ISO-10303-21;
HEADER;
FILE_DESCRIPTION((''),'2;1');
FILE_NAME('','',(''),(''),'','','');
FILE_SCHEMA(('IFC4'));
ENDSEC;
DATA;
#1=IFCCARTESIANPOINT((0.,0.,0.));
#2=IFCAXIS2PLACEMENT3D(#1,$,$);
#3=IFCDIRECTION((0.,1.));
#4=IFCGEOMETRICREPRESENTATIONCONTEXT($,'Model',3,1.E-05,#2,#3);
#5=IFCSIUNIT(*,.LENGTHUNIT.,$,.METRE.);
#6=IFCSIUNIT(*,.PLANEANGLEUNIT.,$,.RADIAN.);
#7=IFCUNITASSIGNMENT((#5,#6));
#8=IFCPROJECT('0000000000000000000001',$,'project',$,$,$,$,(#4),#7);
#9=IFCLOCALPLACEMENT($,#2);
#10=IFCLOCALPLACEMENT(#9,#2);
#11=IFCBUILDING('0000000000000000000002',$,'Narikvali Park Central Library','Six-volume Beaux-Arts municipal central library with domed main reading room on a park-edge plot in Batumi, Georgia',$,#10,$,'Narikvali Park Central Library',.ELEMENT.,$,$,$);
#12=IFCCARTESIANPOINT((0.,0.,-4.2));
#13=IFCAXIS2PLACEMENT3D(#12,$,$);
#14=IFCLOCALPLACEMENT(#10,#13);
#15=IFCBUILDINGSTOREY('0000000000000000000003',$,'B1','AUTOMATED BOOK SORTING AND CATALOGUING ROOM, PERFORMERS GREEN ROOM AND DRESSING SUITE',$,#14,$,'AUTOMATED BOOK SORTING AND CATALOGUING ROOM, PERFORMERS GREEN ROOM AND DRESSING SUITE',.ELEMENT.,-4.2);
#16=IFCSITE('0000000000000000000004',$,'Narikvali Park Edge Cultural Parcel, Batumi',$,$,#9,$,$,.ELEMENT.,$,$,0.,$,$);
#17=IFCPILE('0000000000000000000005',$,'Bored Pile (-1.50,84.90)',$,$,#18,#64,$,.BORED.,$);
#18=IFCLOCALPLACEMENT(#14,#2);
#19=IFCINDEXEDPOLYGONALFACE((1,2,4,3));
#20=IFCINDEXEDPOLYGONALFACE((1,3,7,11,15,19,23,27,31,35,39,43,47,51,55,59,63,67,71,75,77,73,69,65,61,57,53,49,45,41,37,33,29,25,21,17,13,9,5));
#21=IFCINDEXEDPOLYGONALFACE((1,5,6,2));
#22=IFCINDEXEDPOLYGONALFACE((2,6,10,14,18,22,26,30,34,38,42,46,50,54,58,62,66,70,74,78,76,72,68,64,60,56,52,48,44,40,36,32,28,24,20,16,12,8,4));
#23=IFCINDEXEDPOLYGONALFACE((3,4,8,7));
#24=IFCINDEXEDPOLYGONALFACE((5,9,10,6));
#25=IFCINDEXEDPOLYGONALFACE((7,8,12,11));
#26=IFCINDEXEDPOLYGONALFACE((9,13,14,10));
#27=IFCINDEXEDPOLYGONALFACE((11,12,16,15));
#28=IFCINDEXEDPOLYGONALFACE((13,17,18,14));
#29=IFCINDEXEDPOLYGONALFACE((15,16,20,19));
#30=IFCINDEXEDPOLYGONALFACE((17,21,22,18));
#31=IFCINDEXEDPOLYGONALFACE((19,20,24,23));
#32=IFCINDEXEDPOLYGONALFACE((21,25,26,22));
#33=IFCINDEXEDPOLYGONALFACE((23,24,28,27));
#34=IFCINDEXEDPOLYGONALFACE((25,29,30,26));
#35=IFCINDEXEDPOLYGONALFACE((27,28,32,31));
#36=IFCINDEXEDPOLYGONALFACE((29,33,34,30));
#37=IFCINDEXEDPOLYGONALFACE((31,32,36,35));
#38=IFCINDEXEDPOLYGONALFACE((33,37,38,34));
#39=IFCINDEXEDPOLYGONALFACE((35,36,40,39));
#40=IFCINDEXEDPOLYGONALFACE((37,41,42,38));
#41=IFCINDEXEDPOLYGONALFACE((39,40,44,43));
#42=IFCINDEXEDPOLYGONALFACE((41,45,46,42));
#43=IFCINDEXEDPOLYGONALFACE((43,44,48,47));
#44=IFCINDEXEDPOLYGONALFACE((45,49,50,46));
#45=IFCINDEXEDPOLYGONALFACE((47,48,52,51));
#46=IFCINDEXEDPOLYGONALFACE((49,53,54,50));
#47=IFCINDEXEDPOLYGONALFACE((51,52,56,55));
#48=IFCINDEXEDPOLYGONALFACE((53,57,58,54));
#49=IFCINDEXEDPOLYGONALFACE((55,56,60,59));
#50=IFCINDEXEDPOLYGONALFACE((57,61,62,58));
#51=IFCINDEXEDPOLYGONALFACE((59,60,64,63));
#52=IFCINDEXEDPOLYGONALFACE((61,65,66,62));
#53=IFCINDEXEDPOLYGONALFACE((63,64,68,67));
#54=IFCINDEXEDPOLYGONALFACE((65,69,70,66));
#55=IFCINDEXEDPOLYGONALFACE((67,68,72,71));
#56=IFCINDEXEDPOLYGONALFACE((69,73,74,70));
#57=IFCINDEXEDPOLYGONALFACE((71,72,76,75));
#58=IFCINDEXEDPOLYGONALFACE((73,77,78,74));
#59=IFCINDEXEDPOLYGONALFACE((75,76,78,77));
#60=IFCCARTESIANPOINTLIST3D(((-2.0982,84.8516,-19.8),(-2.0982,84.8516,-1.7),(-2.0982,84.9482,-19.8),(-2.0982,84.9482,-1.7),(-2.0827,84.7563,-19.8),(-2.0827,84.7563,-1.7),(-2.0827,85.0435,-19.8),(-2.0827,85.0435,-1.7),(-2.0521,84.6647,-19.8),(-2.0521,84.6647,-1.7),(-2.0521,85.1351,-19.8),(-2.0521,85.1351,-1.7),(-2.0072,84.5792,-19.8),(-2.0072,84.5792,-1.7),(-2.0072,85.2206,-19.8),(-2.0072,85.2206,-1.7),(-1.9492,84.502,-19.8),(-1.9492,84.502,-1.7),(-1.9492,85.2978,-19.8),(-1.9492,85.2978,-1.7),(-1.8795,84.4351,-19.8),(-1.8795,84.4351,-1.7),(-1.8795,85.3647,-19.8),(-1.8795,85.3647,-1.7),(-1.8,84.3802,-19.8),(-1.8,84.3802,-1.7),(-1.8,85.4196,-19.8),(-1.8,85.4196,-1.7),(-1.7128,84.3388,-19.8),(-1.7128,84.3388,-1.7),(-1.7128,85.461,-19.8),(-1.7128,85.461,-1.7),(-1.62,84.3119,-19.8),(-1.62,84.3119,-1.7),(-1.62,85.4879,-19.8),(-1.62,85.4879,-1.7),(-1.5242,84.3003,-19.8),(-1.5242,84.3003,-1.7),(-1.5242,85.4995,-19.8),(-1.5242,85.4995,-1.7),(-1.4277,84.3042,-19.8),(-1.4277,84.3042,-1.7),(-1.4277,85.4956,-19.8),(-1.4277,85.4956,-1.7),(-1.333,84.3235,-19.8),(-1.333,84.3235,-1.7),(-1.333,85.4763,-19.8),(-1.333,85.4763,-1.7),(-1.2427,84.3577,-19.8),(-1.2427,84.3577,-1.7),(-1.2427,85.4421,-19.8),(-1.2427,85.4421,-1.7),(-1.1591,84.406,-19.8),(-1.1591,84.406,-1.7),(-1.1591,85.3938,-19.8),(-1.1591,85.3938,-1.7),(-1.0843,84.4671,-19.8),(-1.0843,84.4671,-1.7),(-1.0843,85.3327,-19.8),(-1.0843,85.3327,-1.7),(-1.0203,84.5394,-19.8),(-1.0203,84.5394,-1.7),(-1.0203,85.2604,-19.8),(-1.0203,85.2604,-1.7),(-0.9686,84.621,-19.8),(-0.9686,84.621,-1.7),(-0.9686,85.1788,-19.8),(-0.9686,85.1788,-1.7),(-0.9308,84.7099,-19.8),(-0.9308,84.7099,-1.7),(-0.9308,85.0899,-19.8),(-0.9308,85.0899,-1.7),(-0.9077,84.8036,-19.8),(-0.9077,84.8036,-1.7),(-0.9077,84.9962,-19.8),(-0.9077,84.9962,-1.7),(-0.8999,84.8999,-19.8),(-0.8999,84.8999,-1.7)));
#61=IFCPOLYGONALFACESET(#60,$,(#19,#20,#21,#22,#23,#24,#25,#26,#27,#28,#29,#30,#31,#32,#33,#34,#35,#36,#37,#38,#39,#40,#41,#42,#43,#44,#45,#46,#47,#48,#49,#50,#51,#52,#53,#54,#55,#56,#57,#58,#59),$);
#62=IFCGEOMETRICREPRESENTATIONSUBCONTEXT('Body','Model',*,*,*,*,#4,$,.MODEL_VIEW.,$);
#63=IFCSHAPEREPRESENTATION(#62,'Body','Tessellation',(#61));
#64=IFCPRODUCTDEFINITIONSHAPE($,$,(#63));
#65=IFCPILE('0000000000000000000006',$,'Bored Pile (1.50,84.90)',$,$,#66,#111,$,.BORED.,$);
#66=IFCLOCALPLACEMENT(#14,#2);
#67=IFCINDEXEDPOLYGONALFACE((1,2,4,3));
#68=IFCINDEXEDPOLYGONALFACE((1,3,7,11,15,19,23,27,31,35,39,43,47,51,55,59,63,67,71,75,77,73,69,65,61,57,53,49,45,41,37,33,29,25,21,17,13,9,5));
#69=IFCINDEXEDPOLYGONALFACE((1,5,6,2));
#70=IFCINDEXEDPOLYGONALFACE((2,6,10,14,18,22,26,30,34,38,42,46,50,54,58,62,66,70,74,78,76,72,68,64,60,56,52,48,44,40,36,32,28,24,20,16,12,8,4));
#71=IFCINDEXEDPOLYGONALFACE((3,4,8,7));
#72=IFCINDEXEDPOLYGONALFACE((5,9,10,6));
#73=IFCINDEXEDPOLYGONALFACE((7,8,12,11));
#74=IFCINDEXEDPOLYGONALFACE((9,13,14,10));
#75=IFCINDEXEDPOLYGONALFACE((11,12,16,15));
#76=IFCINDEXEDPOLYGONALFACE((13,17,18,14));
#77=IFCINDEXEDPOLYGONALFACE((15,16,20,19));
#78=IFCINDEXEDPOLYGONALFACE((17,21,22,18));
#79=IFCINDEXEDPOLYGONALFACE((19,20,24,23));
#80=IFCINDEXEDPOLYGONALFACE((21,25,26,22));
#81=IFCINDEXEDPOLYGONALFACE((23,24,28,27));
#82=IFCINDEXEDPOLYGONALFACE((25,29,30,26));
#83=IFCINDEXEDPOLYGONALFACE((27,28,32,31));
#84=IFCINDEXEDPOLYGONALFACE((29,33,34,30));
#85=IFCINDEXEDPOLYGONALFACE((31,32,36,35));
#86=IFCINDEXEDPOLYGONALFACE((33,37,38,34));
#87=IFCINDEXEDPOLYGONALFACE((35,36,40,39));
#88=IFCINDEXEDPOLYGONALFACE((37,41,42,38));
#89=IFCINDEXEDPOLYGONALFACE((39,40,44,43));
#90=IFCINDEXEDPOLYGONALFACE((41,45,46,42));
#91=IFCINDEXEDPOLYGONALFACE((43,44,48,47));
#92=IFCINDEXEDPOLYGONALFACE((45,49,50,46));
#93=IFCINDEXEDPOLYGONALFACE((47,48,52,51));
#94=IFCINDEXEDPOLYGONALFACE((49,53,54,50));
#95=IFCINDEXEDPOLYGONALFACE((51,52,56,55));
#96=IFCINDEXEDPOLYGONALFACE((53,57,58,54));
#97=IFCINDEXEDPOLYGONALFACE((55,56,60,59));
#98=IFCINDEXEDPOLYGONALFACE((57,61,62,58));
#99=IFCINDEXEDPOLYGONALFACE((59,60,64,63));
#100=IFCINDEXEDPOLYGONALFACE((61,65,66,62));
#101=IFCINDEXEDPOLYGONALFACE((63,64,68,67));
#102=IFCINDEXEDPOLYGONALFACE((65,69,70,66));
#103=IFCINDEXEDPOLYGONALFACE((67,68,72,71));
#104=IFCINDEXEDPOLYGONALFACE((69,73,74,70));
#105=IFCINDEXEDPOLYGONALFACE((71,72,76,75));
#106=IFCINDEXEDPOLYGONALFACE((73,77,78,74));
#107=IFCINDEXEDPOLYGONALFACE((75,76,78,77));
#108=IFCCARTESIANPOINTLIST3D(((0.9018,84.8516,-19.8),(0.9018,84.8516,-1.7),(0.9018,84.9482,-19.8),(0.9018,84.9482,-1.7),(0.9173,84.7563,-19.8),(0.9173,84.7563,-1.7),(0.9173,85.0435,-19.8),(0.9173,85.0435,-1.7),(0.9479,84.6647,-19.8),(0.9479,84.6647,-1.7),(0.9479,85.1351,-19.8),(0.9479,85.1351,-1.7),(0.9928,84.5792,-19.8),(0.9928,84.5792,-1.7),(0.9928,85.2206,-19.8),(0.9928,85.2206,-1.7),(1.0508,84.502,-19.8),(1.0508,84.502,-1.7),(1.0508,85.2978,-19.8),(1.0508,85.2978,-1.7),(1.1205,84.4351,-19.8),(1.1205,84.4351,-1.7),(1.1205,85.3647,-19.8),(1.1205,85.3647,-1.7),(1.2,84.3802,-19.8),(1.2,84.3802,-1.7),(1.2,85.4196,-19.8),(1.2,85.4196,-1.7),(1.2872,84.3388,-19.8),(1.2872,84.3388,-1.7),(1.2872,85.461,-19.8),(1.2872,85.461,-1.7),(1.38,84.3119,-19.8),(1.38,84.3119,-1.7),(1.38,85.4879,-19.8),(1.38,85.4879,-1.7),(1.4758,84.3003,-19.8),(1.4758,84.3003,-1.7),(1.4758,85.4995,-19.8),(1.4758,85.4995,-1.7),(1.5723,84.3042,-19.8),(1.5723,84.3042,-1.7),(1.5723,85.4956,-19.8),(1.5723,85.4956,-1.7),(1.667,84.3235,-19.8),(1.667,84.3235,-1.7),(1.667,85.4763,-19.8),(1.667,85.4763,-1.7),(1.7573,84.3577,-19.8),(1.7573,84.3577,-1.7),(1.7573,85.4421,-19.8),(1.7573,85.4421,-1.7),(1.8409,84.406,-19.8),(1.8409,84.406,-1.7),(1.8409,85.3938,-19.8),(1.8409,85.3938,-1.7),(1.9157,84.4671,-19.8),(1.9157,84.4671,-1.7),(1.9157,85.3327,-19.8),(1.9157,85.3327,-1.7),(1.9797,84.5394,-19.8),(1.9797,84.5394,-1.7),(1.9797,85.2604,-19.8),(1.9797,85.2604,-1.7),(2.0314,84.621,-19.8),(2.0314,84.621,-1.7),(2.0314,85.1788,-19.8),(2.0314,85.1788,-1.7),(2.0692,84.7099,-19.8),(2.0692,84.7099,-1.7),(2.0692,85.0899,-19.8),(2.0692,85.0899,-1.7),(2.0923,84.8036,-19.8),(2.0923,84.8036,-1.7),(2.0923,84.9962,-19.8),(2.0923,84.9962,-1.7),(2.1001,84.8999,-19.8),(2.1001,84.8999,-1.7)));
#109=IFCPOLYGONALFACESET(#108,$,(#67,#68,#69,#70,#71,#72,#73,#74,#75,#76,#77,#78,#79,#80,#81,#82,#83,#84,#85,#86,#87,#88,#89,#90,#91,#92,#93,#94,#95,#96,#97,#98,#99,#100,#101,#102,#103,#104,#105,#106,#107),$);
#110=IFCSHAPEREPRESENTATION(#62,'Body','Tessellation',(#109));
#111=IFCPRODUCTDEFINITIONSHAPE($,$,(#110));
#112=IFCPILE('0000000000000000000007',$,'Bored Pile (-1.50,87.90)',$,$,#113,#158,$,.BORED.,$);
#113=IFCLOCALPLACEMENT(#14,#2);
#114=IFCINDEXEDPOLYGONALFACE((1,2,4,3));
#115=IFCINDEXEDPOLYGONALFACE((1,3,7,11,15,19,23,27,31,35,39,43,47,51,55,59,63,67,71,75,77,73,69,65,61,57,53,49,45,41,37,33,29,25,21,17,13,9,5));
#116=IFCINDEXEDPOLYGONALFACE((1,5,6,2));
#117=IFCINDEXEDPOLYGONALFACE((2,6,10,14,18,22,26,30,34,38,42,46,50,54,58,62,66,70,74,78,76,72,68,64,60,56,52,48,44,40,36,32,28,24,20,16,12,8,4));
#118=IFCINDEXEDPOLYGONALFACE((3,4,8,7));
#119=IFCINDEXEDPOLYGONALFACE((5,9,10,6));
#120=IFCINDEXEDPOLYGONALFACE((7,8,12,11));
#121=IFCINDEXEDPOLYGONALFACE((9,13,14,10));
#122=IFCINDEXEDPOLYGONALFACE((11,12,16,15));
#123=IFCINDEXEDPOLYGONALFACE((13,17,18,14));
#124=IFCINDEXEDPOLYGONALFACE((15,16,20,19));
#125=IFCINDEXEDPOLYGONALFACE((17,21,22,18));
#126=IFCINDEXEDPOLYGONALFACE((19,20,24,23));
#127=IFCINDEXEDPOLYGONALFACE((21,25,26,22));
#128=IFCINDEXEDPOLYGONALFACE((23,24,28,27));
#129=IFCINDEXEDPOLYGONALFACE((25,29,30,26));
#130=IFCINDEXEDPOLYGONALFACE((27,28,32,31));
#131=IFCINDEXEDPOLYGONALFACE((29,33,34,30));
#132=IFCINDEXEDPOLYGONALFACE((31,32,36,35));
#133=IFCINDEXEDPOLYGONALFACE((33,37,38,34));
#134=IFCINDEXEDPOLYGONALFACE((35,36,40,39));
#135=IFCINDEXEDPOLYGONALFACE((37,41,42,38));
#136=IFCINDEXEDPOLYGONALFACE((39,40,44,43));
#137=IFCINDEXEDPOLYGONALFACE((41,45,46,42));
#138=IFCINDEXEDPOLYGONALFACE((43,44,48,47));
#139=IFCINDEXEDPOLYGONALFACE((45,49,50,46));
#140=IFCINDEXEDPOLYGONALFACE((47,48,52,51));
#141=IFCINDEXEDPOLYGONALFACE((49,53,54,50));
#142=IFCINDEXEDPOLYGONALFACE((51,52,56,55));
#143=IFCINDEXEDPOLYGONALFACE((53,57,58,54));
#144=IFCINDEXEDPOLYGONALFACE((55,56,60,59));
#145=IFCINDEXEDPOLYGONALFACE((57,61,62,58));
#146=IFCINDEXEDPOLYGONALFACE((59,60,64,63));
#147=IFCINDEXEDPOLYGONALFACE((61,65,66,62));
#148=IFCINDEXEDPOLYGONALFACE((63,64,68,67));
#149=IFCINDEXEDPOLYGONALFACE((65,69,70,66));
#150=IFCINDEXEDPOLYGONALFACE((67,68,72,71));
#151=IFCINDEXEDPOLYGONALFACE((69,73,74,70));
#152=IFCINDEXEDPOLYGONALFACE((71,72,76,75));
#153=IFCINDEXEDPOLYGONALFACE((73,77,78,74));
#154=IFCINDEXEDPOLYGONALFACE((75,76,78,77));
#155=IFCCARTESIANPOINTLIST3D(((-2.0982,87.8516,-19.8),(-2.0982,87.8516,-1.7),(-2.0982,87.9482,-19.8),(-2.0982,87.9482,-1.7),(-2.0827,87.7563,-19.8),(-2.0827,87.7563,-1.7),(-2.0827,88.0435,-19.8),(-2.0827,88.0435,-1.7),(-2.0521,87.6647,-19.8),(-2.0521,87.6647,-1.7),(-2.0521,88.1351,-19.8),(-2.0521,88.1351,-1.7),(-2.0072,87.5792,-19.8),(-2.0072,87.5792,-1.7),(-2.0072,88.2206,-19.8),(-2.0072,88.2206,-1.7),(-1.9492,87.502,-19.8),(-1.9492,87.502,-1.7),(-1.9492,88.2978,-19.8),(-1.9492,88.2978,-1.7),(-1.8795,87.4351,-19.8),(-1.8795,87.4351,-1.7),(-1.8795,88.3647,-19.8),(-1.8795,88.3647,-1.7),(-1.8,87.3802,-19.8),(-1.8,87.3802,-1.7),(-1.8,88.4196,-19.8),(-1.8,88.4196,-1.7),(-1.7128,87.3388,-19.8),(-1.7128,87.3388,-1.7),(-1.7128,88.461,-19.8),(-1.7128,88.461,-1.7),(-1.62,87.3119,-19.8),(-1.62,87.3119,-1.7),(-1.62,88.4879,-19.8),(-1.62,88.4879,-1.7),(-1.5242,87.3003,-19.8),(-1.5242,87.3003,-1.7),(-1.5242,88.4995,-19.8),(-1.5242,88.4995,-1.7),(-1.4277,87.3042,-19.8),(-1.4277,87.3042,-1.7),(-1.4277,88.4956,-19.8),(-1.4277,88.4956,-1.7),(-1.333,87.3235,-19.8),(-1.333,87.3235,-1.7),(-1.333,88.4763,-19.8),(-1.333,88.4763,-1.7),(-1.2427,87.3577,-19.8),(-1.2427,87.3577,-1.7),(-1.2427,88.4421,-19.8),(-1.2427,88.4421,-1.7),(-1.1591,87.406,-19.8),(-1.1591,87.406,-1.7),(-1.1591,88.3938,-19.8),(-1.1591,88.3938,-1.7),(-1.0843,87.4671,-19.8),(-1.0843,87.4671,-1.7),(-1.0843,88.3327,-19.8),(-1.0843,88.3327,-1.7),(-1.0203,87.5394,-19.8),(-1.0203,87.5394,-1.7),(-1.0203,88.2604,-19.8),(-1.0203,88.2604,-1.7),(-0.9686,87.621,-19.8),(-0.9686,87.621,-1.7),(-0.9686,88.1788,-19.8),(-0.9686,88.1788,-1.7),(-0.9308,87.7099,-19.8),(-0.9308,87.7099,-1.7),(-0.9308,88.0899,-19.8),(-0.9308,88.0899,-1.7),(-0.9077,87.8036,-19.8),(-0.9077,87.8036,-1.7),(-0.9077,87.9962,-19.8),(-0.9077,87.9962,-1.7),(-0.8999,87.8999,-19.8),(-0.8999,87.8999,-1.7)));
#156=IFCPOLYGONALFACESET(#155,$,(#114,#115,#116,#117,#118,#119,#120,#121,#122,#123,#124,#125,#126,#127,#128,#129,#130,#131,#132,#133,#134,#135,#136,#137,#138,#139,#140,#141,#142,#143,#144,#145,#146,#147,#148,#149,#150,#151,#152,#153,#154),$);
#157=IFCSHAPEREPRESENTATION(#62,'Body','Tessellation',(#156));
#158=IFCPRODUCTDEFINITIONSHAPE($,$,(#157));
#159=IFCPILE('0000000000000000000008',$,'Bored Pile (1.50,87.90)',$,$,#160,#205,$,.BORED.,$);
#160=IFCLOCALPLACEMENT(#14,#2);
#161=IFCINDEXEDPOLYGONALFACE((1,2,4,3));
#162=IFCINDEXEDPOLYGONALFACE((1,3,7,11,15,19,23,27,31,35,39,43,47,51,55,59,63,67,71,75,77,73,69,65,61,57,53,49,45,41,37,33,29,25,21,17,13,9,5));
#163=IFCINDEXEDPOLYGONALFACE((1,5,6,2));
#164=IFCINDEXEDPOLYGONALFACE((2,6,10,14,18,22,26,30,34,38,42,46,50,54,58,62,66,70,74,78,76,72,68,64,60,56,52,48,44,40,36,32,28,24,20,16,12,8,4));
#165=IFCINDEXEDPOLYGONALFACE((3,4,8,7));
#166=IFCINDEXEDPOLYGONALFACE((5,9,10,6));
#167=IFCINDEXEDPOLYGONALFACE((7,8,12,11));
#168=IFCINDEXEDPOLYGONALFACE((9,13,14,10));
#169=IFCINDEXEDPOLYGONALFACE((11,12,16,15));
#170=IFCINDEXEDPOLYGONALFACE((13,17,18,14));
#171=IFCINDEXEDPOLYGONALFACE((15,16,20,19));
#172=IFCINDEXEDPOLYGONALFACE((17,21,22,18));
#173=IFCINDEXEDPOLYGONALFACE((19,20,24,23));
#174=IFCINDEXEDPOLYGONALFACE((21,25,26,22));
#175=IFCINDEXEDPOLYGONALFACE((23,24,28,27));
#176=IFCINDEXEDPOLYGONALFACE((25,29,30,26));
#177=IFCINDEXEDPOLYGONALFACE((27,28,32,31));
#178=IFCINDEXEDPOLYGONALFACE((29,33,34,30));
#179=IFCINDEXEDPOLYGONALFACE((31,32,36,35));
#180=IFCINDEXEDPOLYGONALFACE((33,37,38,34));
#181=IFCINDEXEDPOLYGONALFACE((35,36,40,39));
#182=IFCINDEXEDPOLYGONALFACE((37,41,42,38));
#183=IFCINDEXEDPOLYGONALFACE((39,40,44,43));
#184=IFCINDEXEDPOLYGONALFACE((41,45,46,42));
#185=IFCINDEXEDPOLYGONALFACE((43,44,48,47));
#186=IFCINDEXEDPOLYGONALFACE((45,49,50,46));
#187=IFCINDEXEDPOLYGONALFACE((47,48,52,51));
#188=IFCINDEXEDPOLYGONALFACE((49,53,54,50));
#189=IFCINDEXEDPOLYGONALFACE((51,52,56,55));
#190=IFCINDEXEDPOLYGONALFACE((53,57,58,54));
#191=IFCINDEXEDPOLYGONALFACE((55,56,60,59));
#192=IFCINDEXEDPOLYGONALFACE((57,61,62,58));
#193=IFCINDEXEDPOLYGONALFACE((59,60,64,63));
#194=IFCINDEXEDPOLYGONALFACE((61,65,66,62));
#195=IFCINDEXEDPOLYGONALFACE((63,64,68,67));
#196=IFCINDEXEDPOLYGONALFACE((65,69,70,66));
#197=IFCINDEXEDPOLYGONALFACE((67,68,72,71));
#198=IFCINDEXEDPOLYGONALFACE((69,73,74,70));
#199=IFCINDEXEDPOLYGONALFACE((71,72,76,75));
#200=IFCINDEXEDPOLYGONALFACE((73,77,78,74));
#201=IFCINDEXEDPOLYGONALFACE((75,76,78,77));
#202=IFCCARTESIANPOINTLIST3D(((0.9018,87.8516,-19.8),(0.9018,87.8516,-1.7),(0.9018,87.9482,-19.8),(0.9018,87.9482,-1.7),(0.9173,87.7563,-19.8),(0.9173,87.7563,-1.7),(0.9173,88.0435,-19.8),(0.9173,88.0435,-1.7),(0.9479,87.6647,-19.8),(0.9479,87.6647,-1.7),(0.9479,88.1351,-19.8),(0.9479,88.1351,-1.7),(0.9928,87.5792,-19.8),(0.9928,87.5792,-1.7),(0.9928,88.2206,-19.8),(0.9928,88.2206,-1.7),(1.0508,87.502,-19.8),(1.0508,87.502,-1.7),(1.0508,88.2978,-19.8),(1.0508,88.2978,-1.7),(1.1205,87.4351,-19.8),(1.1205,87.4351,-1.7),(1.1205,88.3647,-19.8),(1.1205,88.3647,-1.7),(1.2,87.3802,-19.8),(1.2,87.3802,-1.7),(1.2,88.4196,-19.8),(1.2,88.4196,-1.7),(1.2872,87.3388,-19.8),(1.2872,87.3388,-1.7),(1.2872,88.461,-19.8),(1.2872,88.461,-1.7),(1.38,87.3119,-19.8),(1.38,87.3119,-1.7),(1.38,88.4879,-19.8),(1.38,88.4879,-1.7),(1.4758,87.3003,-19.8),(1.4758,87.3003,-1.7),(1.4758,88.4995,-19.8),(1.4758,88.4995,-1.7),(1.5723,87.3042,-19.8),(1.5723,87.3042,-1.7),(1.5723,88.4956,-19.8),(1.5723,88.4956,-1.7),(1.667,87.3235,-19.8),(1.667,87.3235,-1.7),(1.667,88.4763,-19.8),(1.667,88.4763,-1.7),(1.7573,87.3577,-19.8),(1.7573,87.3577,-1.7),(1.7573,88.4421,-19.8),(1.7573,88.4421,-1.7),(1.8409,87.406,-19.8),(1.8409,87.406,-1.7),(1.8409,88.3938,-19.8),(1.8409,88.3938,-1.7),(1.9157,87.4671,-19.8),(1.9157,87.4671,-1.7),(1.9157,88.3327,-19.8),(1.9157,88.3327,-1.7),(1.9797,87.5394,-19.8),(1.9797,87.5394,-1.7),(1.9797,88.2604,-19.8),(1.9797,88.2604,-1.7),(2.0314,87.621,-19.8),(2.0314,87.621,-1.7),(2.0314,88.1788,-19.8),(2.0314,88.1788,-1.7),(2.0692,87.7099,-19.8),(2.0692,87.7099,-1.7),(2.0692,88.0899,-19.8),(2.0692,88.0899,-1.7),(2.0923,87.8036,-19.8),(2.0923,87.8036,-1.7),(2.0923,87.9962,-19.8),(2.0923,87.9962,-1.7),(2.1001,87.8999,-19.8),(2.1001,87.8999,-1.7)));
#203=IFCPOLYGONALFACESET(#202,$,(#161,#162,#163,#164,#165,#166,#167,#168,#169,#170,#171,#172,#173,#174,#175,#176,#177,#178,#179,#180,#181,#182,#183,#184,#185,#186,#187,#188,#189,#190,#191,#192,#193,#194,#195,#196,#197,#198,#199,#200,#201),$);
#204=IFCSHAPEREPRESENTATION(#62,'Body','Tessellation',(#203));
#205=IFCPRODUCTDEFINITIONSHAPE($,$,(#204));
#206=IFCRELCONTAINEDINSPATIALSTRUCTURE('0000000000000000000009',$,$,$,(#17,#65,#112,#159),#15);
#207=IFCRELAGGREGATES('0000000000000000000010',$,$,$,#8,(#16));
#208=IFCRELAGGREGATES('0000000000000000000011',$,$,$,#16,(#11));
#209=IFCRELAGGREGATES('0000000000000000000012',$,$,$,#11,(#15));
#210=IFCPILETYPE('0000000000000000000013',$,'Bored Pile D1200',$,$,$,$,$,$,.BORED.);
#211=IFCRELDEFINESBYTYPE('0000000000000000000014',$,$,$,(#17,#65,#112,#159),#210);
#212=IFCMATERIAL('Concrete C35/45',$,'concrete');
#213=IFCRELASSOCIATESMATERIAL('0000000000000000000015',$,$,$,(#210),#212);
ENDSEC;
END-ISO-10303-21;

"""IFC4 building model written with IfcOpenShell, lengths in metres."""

from ifc_helpers import new_model, si_unit, direction, frame, origin, origin_2d, place, context, subcontext, project, spatial, circle, extrude, material, material_profile, profile_set, type_object, element, save


model = new_model("IFC4")

# Units and contexts
model_context = context("Model", 3, precision=1e-05, world=origin(), true_north=direction((0.0, 1.0)))
body_context = subcontext(model_context, "Body", "Model", "MODEL_VIEW")
ifc_project = project(units=[si_unit("LENGTHUNIT", "METRE"), si_unit("PLANEANGLEUNIT", "RADIAN")], contexts=[model_context])

# Site, building, storey
site_placement = place(None, origin())
site = spatial("IfcSite", under=ifc_project, at=site_placement, Name="Narikvali Park Edge Cultural Parcel, Batumi", CompositionType="ELEMENT", RefElevation=0.0)
building_placement = place(site_placement, origin())
building = spatial("IfcBuilding", under=site, at=building_placement, Name="Narikvali Park Central Library", Description="Six-volume Beaux-Arts municipal central library with domed main reading room on a park-edge plot in Batumi, Georgia", LongName="Narikvali Park Central Library", CompositionType="ELEMENT")
storey_placement = place(building_placement, frame((0.0, 0.0, -4.2)))
storey = spatial("IfcBuildingStorey", under=building, at=storey_placement, Name="B1", Description="AUTOMATED BOOK SORTING AND CATALOGUING ROOM, PERFORMERS GREEN ROOM AND DRESSING SUITE", LongName="AUTOMATED BOOK SORTING AND CATALOGUING ROOM, PERFORMERS GREEN ROOM AND DRESSING SUITE", CompositionType="ELEMENT", Elevation=-4.2)

# Piles
ifc_material_1 = material(Name="Concrete C35/45", Category="concrete")
ifc_material_profile_1 = material_profile(ifc_material_1, circle(Radius=0.6001, at=origin_2d()), Name="PILE D1200")
ifc_profile_set_1 = profile_set([ifc_material_profile_1], Name="Concrete C35/45")
pile_type = type_object("IfcPileType", Name="Bored Pile D1200", PredefinedType="BORED", material=ifc_profile_set_1)
for number, where, z_axis, x_axis, name in (
    (1, (-1.5, 84.8999, -1.7), (0.0, 0.0, -1.0), (1.0, 0.0, 0.0), "Bored Pile (-1.50,84.90)"),
    (2, (1.5, 84.8999, -1.7), (0.0, 0.0, -1.0), (1.0, 0.0, 0.0), "Bored Pile (1.50,84.90)"),
    (3, (-1.5, 87.8999, -1.7), (0.0, 0.0, -1.0), (1.0, 0.0, 0.0), "Bored Pile (-1.50,87.90)"),
    (4, (1.5, 87.8999, -1.7), (0.0, 0.0, -1.0), (1.0, 0.0, 0.0), "Bored Pile (1.50,87.90)"),
):
    element("IfcPile", number, at=place(storey_placement, frame(where, z_axis=z_axis, x_axis=x_axis)), inside=storey, type_object=pile_type, Name=name, PredefinedType="BORED", context=body_context, shape_type="SweptSolid", body=[
        extrude(circle(Radius=0.6001, at=origin_2d()), origin(), (0.0, 0.0, 1.0), 18.1001),
    ])

save(model, "model.ifc")
